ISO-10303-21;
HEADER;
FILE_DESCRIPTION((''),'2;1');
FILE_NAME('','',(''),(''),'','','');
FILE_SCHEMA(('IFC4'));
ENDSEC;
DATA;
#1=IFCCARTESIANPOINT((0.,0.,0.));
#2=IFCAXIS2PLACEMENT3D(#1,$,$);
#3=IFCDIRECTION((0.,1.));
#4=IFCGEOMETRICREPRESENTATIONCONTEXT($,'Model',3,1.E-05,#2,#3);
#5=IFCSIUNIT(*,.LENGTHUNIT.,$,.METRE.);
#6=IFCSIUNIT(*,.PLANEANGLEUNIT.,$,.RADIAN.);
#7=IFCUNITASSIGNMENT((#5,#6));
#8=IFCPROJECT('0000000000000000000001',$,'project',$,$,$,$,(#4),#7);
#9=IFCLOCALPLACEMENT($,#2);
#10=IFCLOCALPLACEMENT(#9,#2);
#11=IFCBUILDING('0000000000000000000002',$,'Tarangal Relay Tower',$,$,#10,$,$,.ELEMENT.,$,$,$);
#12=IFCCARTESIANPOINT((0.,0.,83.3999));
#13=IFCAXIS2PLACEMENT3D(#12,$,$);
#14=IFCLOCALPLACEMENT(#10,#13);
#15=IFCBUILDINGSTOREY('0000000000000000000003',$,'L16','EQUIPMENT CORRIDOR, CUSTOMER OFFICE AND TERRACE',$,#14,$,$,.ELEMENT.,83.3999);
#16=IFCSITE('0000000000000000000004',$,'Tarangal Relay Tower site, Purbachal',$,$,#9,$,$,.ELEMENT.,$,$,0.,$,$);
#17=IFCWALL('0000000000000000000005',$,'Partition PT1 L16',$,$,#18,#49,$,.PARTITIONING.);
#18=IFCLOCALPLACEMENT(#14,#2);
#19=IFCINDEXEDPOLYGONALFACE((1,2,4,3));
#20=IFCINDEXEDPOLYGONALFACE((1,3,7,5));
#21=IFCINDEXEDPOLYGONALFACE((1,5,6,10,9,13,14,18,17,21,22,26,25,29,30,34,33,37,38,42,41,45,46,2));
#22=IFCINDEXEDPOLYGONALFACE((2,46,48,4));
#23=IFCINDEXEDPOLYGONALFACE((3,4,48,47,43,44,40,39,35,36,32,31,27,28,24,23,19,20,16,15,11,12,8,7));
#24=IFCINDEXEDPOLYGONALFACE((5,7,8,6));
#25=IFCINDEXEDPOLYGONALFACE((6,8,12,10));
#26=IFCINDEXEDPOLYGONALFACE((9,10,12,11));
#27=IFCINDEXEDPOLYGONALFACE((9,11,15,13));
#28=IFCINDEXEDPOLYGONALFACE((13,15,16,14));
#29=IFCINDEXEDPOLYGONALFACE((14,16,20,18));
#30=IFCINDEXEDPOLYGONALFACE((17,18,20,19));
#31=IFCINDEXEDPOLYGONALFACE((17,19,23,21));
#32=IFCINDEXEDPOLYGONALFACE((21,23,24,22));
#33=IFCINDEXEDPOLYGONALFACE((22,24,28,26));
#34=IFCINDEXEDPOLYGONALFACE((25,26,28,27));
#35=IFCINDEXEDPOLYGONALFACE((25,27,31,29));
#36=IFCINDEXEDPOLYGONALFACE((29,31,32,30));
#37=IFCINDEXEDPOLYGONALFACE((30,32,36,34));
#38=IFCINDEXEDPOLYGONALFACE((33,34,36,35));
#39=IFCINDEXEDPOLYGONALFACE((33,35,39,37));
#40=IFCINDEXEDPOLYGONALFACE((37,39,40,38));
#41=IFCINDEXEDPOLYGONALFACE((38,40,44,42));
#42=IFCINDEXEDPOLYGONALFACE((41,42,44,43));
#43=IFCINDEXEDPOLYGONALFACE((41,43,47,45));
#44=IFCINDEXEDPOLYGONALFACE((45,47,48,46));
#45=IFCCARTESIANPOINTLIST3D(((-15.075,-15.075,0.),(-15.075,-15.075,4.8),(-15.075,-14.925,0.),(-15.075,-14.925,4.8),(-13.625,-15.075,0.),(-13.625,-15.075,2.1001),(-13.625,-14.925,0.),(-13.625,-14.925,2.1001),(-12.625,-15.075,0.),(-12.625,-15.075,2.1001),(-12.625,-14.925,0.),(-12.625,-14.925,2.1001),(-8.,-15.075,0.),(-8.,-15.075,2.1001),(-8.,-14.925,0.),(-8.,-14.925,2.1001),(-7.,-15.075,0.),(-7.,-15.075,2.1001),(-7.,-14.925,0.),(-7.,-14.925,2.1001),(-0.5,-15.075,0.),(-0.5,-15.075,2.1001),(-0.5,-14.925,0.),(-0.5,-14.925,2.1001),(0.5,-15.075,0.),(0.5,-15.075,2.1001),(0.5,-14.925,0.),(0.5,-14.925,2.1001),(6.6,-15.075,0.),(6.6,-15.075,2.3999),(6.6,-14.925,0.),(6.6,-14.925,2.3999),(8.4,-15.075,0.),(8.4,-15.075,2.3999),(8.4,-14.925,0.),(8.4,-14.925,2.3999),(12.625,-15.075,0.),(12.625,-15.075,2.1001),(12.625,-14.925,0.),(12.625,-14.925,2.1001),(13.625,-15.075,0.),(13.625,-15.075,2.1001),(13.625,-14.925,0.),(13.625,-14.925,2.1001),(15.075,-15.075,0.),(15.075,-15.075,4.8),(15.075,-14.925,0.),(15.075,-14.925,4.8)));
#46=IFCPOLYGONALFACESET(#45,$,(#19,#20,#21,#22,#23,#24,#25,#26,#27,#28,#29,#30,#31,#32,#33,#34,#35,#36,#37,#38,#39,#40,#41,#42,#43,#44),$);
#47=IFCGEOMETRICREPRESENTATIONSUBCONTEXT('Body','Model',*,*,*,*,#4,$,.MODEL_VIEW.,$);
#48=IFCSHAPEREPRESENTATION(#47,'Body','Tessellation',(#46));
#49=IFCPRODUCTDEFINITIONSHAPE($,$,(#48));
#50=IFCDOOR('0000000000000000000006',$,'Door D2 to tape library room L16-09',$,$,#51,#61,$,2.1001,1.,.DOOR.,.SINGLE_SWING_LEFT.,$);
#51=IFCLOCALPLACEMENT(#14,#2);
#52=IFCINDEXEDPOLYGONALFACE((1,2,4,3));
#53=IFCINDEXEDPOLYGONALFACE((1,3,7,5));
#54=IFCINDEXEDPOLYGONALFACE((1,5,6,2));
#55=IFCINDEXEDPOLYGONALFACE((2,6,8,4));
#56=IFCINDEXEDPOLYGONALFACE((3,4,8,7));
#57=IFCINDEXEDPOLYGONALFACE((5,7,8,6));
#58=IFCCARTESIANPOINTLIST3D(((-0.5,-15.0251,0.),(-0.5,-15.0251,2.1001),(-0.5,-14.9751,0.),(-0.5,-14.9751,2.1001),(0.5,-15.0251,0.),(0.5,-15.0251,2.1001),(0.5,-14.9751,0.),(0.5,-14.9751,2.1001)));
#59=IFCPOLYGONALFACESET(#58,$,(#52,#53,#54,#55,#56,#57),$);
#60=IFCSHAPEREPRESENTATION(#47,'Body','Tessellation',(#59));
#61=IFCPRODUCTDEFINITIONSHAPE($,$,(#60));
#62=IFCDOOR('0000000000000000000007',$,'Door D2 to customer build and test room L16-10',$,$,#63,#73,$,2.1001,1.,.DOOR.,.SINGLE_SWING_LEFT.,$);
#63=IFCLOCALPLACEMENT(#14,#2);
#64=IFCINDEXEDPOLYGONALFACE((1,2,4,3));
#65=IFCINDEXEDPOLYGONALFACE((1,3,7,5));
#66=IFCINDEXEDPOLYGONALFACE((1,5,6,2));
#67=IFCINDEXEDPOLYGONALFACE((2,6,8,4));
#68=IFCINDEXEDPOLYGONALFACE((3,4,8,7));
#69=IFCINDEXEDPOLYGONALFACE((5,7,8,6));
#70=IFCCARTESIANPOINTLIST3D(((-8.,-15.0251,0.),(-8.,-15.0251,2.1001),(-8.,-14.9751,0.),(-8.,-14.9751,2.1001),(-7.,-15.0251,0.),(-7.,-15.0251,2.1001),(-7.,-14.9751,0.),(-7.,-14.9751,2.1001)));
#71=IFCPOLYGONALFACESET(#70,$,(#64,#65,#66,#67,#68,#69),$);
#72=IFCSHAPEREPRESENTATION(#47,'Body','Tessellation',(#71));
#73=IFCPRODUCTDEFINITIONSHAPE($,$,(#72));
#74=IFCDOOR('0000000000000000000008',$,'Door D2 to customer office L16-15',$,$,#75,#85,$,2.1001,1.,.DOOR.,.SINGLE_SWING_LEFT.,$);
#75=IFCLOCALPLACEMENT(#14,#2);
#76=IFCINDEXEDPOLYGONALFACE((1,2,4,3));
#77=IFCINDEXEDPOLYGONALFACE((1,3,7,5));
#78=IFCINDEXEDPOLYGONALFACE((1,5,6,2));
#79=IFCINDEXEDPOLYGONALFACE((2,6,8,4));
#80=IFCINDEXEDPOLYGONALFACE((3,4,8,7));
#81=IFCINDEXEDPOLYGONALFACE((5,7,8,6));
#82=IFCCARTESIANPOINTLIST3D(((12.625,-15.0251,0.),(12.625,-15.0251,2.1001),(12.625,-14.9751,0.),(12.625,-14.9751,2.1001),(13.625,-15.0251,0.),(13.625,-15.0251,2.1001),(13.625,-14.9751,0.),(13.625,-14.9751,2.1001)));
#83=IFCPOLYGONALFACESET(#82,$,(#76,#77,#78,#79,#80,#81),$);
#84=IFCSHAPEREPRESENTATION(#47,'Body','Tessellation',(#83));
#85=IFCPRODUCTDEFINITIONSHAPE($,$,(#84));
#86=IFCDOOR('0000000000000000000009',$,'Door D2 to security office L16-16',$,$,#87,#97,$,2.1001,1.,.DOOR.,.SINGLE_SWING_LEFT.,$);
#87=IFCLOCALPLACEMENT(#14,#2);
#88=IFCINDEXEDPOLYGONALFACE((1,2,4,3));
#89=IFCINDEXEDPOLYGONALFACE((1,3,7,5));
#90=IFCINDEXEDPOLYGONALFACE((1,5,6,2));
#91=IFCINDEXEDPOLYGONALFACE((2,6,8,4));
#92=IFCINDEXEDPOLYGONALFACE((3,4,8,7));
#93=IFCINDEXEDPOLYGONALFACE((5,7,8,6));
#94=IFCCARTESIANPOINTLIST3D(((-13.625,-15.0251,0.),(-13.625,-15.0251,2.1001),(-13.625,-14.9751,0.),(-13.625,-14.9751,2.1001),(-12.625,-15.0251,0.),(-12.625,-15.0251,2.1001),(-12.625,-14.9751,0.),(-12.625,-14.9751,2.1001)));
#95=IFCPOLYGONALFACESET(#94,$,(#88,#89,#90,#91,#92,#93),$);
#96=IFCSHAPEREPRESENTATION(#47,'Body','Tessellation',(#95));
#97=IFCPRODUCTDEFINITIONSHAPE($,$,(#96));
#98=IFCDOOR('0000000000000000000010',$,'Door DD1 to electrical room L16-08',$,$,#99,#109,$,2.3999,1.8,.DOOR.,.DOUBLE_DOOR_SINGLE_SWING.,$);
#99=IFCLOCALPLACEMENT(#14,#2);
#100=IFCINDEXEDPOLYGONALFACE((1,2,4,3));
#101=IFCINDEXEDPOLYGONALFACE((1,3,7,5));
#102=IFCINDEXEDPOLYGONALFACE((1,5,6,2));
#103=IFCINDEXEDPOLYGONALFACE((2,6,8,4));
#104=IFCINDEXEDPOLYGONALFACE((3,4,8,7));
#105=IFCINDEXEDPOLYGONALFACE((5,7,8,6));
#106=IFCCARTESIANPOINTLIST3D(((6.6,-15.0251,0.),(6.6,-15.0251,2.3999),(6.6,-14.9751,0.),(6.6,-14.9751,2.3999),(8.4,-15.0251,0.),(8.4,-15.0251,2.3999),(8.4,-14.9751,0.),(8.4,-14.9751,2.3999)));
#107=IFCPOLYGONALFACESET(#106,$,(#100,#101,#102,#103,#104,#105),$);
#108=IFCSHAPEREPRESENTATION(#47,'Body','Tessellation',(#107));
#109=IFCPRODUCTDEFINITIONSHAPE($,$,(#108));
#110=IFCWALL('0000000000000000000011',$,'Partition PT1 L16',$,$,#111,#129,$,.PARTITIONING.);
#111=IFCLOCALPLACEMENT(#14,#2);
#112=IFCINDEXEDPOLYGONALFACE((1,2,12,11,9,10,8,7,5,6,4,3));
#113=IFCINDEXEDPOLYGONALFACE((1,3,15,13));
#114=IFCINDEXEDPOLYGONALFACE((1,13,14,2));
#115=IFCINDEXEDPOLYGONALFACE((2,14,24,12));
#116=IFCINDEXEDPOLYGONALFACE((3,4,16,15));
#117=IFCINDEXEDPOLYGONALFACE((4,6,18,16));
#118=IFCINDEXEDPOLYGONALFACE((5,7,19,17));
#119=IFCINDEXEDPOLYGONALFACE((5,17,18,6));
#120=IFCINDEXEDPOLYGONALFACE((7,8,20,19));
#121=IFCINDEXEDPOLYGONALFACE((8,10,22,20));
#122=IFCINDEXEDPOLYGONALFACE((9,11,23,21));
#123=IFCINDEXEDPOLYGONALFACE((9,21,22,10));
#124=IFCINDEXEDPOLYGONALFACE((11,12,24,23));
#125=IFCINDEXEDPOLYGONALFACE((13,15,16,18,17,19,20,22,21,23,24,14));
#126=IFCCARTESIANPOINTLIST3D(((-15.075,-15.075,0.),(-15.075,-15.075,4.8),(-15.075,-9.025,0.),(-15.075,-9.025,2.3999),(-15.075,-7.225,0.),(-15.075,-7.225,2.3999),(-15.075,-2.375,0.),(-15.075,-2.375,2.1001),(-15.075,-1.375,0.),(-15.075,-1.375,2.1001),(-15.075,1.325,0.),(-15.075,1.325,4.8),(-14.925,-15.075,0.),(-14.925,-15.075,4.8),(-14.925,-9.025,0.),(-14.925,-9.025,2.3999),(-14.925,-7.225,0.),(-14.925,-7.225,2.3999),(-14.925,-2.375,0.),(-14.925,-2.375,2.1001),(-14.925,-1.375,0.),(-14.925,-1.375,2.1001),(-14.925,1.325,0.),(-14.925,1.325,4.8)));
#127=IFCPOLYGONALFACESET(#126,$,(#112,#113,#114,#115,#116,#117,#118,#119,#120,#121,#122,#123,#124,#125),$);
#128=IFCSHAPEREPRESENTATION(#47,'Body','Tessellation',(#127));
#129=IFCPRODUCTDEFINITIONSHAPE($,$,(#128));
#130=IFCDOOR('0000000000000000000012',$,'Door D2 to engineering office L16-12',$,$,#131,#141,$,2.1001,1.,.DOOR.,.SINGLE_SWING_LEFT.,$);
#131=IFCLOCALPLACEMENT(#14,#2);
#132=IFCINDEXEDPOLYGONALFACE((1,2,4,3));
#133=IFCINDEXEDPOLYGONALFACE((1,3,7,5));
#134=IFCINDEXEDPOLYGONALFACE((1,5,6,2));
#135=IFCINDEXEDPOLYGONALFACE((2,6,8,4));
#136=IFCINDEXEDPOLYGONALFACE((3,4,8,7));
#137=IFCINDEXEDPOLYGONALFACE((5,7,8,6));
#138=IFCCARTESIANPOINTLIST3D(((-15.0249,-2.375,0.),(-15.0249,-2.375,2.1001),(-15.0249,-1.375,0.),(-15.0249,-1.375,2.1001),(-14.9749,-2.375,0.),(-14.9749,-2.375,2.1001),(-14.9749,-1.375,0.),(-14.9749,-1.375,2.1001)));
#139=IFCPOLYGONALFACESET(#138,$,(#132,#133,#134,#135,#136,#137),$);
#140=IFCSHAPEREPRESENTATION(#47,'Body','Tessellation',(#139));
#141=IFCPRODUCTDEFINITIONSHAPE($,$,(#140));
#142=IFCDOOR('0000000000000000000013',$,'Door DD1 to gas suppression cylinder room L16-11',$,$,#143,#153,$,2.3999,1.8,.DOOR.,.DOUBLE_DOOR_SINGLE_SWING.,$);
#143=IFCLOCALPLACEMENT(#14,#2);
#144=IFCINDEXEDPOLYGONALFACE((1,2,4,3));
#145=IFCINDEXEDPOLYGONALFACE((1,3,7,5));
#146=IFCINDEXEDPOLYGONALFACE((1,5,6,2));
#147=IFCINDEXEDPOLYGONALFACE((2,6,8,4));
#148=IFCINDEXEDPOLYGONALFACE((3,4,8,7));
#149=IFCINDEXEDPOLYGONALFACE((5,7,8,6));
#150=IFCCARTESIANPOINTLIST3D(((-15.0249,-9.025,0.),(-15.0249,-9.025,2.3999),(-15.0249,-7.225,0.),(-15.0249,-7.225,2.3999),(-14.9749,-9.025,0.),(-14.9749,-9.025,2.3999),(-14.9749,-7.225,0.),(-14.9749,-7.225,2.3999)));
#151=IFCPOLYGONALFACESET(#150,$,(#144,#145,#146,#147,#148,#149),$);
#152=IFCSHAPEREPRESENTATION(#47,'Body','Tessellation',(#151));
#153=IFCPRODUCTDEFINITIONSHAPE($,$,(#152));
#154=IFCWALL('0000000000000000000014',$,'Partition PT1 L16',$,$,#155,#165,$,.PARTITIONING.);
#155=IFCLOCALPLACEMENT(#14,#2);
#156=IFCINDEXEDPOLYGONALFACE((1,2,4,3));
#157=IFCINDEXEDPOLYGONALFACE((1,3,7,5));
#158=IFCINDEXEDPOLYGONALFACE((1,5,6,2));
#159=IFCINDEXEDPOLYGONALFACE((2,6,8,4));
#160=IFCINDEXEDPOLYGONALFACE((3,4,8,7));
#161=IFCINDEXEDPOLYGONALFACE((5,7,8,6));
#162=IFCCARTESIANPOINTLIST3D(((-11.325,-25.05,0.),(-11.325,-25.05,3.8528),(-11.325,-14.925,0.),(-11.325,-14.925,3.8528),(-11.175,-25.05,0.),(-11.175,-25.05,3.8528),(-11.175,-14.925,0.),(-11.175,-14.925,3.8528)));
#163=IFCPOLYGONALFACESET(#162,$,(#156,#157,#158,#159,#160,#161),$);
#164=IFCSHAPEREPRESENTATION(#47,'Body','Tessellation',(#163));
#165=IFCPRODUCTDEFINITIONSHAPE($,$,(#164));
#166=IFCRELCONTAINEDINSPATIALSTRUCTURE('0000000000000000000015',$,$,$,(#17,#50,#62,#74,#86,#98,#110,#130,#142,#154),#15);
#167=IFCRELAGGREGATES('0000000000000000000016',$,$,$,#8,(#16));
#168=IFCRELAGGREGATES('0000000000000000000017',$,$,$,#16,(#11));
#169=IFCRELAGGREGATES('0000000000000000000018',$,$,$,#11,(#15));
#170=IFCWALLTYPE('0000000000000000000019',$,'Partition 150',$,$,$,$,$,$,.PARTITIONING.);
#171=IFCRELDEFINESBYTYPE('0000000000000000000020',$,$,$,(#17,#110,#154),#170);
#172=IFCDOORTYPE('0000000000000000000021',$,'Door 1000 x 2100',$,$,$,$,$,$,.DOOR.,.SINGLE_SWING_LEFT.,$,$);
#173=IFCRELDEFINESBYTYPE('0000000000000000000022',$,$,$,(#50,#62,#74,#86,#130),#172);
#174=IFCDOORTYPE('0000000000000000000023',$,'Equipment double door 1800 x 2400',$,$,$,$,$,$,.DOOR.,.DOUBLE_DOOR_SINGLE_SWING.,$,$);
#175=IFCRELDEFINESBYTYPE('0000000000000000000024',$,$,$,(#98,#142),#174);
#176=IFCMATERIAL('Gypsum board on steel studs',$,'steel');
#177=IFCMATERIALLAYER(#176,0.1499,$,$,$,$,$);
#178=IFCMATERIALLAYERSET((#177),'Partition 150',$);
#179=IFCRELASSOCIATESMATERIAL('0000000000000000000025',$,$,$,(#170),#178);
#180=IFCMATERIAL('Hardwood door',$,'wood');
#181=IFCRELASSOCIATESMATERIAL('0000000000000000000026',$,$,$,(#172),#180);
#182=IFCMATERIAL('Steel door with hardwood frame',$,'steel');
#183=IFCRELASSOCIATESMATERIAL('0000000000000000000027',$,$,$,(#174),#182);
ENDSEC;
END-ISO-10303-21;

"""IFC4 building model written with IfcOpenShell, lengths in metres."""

from ifc_helpers import new_model, si_unit, direction, frame, frame_2d, origin, place, context, subcontext, project, spatial, rectangle, extrude, material, layer, layer_set, type_object, element, fill, save


model = new_model("IFC4")

# Units and contexts
model_context = context("Model", 3, precision=1e-05, world=origin(), true_north=direction((0.0, 1.0)))
body_context = subcontext(model_context, "Body", "Model", "MODEL_VIEW")
ifc_project = project(units=[si_unit("LENGTHUNIT", "METRE"), si_unit("PLANEANGLEUNIT", "RADIAN")], contexts=[model_context])

# Site, building, storey
site_placement = place(None, origin())
site = spatial("IfcSite", under=ifc_project, at=site_placement, Name="Tarangal Relay Tower site, Purbachal", CompositionType="ELEMENT", RefElevation=0.0)
building_placement = place(site_placement, origin())
building = spatial("IfcBuilding", under=site, at=building_placement, Name="Tarangal Relay Tower", CompositionType="ELEMENT")
storey_placement = place(building_placement, frame((0.0, 0.0, 83.3999)))
storey = spatial("IfcBuildingStorey", under=building, at=storey_placement, Name="L16", Description="EQUIPMENT CORRIDOR, CUSTOMER OFFICE AND TERRACE", CompositionType="ELEMENT", Elevation=83.3999)

# Walls, openings, doors
ifc_material_1 = material(Name="Gypsum board on steel studs", Category="steel")
ifc_layer_1 = layer(ifc_material_1, 0.1499)
ifc_layer_set_1 = layer_set([ifc_layer_1], Name="Partition 150")
wall_type_1 = type_object("IfcWallType", Name="Partition 150", PredefinedType="PARTITIONING", material=ifc_layer_set_1)
wall_1_placement = place(storey_placement, frame((-15.075, -15.0, 0.0), z_axis=(0.0, 0.0, 1.0), x_axis=(1.0, 0.0, 0.0)))
wall_1 = element("IfcWall", 1, at=wall_1_placement, inside=storey, type_object=wall_type_1, Name="Partition PT1 L16", PredefinedType="PARTITIONING", context=body_context, shape_type="SweptSolid", body=[
    extrude(rectangle(XDim=30.1499, YDim=0.1499, at=frame_2d((15.075, 0.0))), origin(), (0.0, 0.0, 1.0), 4.8),
])
opening_1_placement = place(wall_1_placement, frame((21.675, 0.0, 0.0)))
opening_1 = element("IfcOpeningElement", 2, at=opening_1_placement, cuts=wall_1, PredefinedType="OPENING", context=body_context, shape_type="SweptSolid", body=[
    extrude(rectangle(XDim=1.8, YDim=2.3999, at=frame_2d((0.8999, 1.2))), frame((0.0, 0.085, 0.0), z_axis=(0.0, -1.0, 0.0), x_axis=(1.0, 0.0, 0.0)), (0.0, 0.0, 1.0), 0.1699),
])
opening_2_placement = place(wall_1_placement, frame((14.575, 0.0, 0.0)))
opening_2 = element("IfcOpeningElement", 3, at=opening_2_placement, cuts=wall_1, PredefinedType="OPENING", context=body_context, shape_type="SweptSolid", body=[
    extrude(rectangle(XDim=1.0, YDim=2.1001, at=frame_2d((0.5, 1.05))), frame((0.0, 0.085, 0.0), z_axis=(0.0, -1.0, 0.0), x_axis=(1.0, 0.0, 0.0)), (0.0, 0.0, 1.0), 0.1699),
])
opening_3_placement = place(wall_1_placement, frame((7.075, 0.0, 0.0)))
opening_3 = element("IfcOpeningElement", 4, at=opening_3_placement, cuts=wall_1, PredefinedType="OPENING", context=body_context, shape_type="SweptSolid", body=[
    extrude(rectangle(XDim=1.0, YDim=2.1001, at=frame_2d((0.5, 1.05))), frame((0.0, 0.085, 0.0), z_axis=(0.0, -1.0, 0.0), x_axis=(1.0, 0.0, 0.0)), (0.0, 0.0, 1.0), 0.1699),
])
opening_4_placement = place(wall_1_placement, frame((27.7, 0.0, 0.0)))
opening_4 = element("IfcOpeningElement", 5, at=opening_4_placement, cuts=wall_1, PredefinedType="OPENING", context=body_context, shape_type="SweptSolid", body=[
    extrude(rectangle(XDim=1.0, YDim=2.1001, at=frame_2d((0.5, 1.05))), frame((0.0, 0.085, 0.0), z_axis=(0.0, -1.0, 0.0), x_axis=(1.0, 0.0, 0.0)), (0.0, 0.0, 1.0), 0.1699),
])
opening_5_placement = place(wall_1_placement, frame((1.45, 0.0, 0.0)))
opening_5 = element("IfcOpeningElement", 6, at=opening_5_placement, cuts=wall_1, PredefinedType="OPENING", context=body_context, shape_type="SweptSolid", body=[
    extrude(rectangle(XDim=1.0, YDim=2.1001, at=frame_2d((0.5, 1.05))), frame((0.0, 0.085, 0.0), z_axis=(0.0, -1.0, 0.0), x_axis=(1.0, 0.0, 0.0)), (0.0, 0.0, 1.0), 0.1699),
])
ifc_material_2 = material(Name="Hardwood door", Category="wood")
door_type_1 = type_object("IfcDoorType", Name="Door 1000 x 2100", OperationType="SINGLE_SWING_LEFT", PredefinedType="DOOR", material=ifc_material_2)
door_1_placement = place(opening_2_placement, origin())
door_1 = element("IfcDoor", 7, at=door_1_placement, inside=storey, type_object=door_type_1, Name="Door D2 to tape library room L16-09", OperationType="SINGLE_SWING_LEFT", OverallHeight=2.1001, OverallWidth=1.0, PredefinedType="DOOR", context=body_context, shape_type="SweptSolid", body=[
    extrude(rectangle(XDim=1.0, YDim=2.1001, at=frame_2d((0.5, 1.05))), frame((0.0, 0.0249, 0.0), z_axis=(0.0, -1.0, 0.0), x_axis=(1.0, 0.0, 0.0)), (0.0, 0.0, 1.0), 0.05),
])
fill(opening_2, door_1)
door_2_placement = place(opening_3_placement, origin())
door_2 = element("IfcDoor", 8, at=door_2_placement, inside=storey, type_object=door_type_1, Name="Door D2 to customer build and test room L16-10", OperationType="SINGLE_SWING_LEFT", OverallHeight=2.1001, OverallWidth=1.0, PredefinedType="DOOR", context=body_context, shape_type="SweptSolid", body=[
    extrude(rectangle(XDim=1.0, YDim=2.1001, at=frame_2d((0.5, 1.05))), frame((0.0, 0.0249, 0.0), z_axis=(0.0, -1.0, 0.0), x_axis=(1.0, 0.0, 0.0)), (0.0, 0.0, 1.0), 0.05),
])
fill(opening_3, door_2)
door_3_placement = place(opening_4_placement, origin())
door_3 = element("IfcDoor", 9, at=door_3_placement, inside=storey, type_object=door_type_1, Name="Door D2 to customer office L16-15", OperationType="SINGLE_SWING_LEFT", OverallHeight=2.1001, OverallWidth=1.0, PredefinedType="DOOR", context=body_context, shape_type="SweptSolid", body=[
    extrude(rectangle(XDim=1.0, YDim=2.1001, at=frame_2d((0.5, 1.05))), frame((0.0, 0.0249, 0.0), z_axis=(0.0, -1.0, 0.0), x_axis=(1.0, 0.0, 0.0)), (0.0, 0.0, 1.0), 0.05),
])
fill(opening_4, door_3)
door_4_placement = place(opening_5_placement, origin())
door_4 = element("IfcDoor", 10, at=door_4_placement, inside=storey, type_object=door_type_1, Name="Door D2 to security office L16-16", OperationType="SINGLE_SWING_LEFT", OverallHeight=2.1001, OverallWidth=1.0, PredefinedType="DOOR", context=body_context, shape_type="SweptSolid", body=[
    extrude(rectangle(XDim=1.0, YDim=2.1001, at=frame_2d((0.5, 1.05))), frame((0.0, 0.0249, 0.0), z_axis=(0.0, -1.0, 0.0), x_axis=(1.0, 0.0, 0.0)), (0.0, 0.0, 1.0), 0.05),
])
fill(opening_5, door_4)
ifc_material_3 = material(Name="Steel door with hardwood frame", Category="steel")
door_type_2 = type_object("IfcDoorType", Name="Equipment double door 1800 x 2400", OperationType="DOUBLE_DOOR_SINGLE_SWING", PredefinedType="DOOR", material=ifc_material_3)
door_5_placement = place(opening_1_placement, origin())
door_5 = element("IfcDoor", 11, at=door_5_placement, inside=storey, type_object=door_type_2, Name="Door DD1 to electrical room L16-08", OperationType="DOUBLE_DOOR_SINGLE_SWING", OverallHeight=2.3999, OverallWidth=1.8, PredefinedType="DOOR", context=body_context, shape_type="SweptSolid", body=[
    extrude(rectangle(XDim=1.8, YDim=2.3999, at=frame_2d((0.8999, 1.2))), frame((0.0, 0.0249, 0.0), z_axis=(0.0, -1.0, 0.0), x_axis=(1.0, 0.0, 0.0)), (0.0, 0.0, 1.0), 0.05),
])
fill(opening_1, door_5)
wall_2_placement = place(storey_placement, frame((-15.0, -15.075, 0.0), z_axis=(0.0, 0.0, 1.0), x_axis=(0.0, 1.0, 0.0)))
wall_2 = element("IfcWall", 12, at=wall_2_placement, inside=storey, type_object=wall_type_1, Name="Partition PT1 L16", PredefinedType="PARTITIONING", context=body_context, shape_type="SweptSolid", body=[
    extrude(rectangle(XDim=16.3999, YDim=0.1499, at=frame_2d((8.2, 0.0))), origin(), (0.0, 0.0, 1.0), 4.8),
])
opening_6_placement = place(wall_2_placement, frame((6.05, 0.0, 0.0)))
opening_6 = element("IfcOpeningElement", 13, at=opening_6_placement, cuts=wall_2, PredefinedType="OPENING", context=body_context, shape_type="SweptSolid", body=[
    extrude(rectangle(XDim=1.8, YDim=2.3999, at=frame_2d((0.8999, 1.2))), frame((0.0, 0.085, 0.0), z_axis=(0.0, -1.0, 0.0), x_axis=(1.0, 0.0, 0.0)), (0.0, 0.0, 1.0), 0.1699),
])
opening_7_placement = place(wall_2_placement, frame((12.7, 0.0, 0.0)))
opening_7 = element("IfcOpeningElement", 14, at=opening_7_placement, cuts=wall_2, PredefinedType="OPENING", context=body_context, shape_type="SweptSolid", body=[
    extrude(rectangle(XDim=1.0, YDim=2.1001, at=frame_2d((0.5, 1.05))), frame((0.0, 0.085, 0.0), z_axis=(0.0, -1.0, 0.0), x_axis=(1.0, 0.0, 0.0)), (0.0, 0.0, 1.0), 0.1699),
])
door_6_placement = place(opening_7_placement, origin())
door_6 = element("IfcDoor", 15, at=door_6_placement, inside=storey, type_object=door_type_1, Name="Door D2 to engineering office L16-12", OperationType="SINGLE_SWING_LEFT", OverallHeight=2.1001, OverallWidth=1.0, PredefinedType="DOOR", context=body_context, shape_type="SweptSolid", body=[
    extrude(rectangle(XDim=1.0, YDim=2.1001, at=frame_2d((0.5, 1.05))), frame((0.0, 0.0249, 0.0), z_axis=(0.0, -1.0, 0.0), x_axis=(1.0, 0.0, 0.0)), (0.0, 0.0, 1.0), 0.05),
])
fill(opening_7, door_6)
door_7_placement = place(opening_6_placement, origin())
door_7 = element("IfcDoor", 16, at=door_7_placement, inside=storey, type_object=door_type_2, Name="Door DD1 to gas suppression cylinder room L16-11", OperationType="DOUBLE_DOOR_SINGLE_SWING", OverallHeight=2.3999, OverallWidth=1.8, PredefinedType="DOOR", context=body_context, shape_type="SweptSolid", body=[
    extrude(rectangle(XDim=1.8, YDim=2.3999, at=frame_2d((0.8999, 1.2))), frame((0.0, 0.0249, 0.0), z_axis=(0.0, -1.0, 0.0), x_axis=(1.0, 0.0, 0.0)), (0.0, 0.0, 1.0), 0.05),
])
fill(opening_6, door_7)

# Wall
wall_3_placement = place(storey_placement, frame((-11.25, -25.05, 0.0), z_axis=(0.0, 0.0, 1.0), x_axis=(0.0, 1.0, 0.0)))
element("IfcWall", 17, at=wall_3_placement, inside=storey, type_object=wall_type_1, Name="Partition PT1 L16", PredefinedType="PARTITIONING", context=body_context, shape_type="SweptSolid", body=[
    extrude(rectangle(XDim=10.125, YDim=0.1499, at=frame_2d((5.0625, 0.0))), origin(), (0.0, 0.0, 1.0), 3.8528),
])

save(model, "model.ifc")
